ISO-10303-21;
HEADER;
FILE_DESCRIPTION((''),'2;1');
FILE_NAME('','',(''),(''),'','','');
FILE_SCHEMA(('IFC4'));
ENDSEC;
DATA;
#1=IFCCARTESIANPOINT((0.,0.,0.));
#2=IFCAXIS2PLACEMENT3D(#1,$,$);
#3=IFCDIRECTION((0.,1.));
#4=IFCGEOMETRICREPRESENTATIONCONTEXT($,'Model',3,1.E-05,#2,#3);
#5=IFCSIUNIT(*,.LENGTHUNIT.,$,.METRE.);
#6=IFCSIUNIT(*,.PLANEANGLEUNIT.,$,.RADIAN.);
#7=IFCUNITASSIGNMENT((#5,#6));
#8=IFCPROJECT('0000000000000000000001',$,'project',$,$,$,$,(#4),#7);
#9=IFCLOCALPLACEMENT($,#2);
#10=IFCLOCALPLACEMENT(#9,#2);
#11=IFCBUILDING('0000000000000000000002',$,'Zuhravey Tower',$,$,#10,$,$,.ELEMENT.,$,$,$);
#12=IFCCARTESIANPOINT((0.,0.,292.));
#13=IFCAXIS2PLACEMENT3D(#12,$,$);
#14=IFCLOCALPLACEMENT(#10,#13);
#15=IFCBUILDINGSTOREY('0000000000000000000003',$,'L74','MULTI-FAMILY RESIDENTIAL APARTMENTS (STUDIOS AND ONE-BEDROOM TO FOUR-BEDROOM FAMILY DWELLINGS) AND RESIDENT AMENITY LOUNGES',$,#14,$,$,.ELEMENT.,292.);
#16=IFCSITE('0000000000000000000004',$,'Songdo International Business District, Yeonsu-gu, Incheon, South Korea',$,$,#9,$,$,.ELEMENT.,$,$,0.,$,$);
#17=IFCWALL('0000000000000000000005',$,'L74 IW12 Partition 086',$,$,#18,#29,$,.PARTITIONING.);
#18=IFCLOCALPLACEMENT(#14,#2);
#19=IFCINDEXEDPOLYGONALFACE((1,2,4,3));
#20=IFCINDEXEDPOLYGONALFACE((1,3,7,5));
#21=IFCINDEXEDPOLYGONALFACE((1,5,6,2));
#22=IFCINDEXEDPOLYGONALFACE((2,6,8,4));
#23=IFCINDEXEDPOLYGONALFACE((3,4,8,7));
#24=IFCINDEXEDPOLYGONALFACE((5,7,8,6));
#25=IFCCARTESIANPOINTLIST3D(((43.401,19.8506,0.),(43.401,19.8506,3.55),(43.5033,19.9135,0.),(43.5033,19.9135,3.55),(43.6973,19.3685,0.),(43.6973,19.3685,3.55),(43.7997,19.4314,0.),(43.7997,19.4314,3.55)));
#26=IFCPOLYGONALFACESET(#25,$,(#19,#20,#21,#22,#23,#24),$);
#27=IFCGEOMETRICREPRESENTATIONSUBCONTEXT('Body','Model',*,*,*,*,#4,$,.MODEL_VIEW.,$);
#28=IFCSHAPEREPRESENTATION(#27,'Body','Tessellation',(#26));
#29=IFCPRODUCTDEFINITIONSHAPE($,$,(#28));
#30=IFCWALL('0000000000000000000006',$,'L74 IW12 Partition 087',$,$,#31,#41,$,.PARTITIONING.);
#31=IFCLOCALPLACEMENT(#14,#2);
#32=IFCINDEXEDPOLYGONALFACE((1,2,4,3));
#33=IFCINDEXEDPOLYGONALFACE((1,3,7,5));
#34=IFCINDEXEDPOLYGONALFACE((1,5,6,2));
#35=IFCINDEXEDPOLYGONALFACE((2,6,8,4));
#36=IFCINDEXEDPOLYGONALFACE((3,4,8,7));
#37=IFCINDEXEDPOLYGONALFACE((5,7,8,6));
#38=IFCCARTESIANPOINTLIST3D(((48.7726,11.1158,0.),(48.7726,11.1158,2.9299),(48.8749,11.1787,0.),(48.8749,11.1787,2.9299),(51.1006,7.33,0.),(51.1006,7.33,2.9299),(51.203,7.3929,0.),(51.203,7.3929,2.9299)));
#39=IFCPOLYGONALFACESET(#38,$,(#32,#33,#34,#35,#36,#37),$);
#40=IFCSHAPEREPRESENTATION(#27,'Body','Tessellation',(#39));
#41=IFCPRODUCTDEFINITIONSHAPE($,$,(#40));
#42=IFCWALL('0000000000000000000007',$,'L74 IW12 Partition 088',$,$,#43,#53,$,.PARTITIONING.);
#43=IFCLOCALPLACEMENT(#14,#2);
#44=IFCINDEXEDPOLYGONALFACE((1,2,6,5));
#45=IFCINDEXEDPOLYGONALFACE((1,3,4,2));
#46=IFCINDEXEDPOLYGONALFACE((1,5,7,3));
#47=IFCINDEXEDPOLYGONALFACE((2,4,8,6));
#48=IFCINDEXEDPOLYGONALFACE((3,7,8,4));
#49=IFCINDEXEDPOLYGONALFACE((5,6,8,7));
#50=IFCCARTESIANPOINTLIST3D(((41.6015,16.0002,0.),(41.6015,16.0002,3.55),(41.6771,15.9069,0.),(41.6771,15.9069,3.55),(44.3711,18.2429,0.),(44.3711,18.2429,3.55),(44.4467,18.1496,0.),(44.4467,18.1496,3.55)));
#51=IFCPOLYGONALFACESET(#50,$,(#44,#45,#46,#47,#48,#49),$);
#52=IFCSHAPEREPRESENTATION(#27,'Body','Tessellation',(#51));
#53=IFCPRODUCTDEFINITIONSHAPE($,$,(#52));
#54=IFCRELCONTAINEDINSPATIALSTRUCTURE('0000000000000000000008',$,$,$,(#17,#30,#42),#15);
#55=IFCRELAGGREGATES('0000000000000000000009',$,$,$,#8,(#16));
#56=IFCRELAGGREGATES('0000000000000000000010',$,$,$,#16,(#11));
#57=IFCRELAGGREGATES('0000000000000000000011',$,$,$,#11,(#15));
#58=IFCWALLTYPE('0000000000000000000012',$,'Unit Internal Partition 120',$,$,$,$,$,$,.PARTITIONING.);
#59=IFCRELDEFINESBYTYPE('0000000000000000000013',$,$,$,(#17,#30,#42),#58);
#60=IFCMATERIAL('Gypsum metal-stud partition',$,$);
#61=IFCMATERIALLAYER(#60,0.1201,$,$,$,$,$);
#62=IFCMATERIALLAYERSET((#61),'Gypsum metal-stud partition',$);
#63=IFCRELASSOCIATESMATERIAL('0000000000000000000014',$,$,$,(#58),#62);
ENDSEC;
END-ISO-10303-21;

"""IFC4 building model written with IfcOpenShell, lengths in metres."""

from ifc_helpers import new_model, si_unit, direction, frame, frame_2d, origin, place, context, subcontext, project, spatial, rectangle, extrude, material, layer, layer_set, type_object, element, save


model = new_model("IFC4")

# Units and contexts
model_context = context("Model", 3, precision=1e-05, world=origin(), true_north=direction((0.0, 1.0)))
body_context = subcontext(model_context, "Body", "Model", "MODEL_VIEW")
ifc_project = project(units=[si_unit("LENGTHUNIT", "METRE"), si_unit("PLANEANGLEUNIT", "RADIAN")], contexts=[model_context])

# Site, building, storey
site_placement = place(None, origin())
site = spatial("IfcSite", under=ifc_project, at=site_placement, Name="Songdo International Business District, Yeonsu-gu, Incheon, South Korea", CompositionType="ELEMENT", RefElevation=0.0)
building_placement = place(site_placement, origin())
building = spatial("IfcBuilding", under=site, at=building_placement, Name="Zuhravey Tower", CompositionType="ELEMENT")
storey_placement = place(building_placement, frame((0.0, 0.0, 292.0)))
storey = spatial("IfcBuildingStorey", under=building, at=storey_placement, Name="L74", Description="MULTI-FAMILY RESIDENTIAL APARTMENTS (STUDIOS AND ONE-BEDROOM TO FOUR-BEDROOM FAMILY DWELLINGS) AND RESIDENT AMENITY LOUNGES", CompositionType="ELEMENT", Elevation=292.0)

# Shared definitions
ifc_material_1 = material(Name="Gypsum metal-stud partition")
ifc_layer_1 = layer(ifc_material_1, 0.1201)
ifc_layer_set_1 = layer_set([ifc_layer_1], Name="Gypsum metal-stud partition")
wall_type_1 = type_object("IfcWallType", Name="Unit Internal Partition 120", PredefinedType="PARTITIONING", material=ifc_layer_set_1)

# Walls
wall_1_placement = place(storey_placement, frame((43.4521, 19.8821, 0.0), z_axis=(0.0, 0.0, 1.0), x_axis=(0.523664, -0.851925, 0.0)))
element("IfcWall", 1, at=wall_1_placement, inside=storey, type_object=wall_type_1, Name="L74 IW12 Partition 086", PredefinedType="PARTITIONING", context=body_context, shape_type="SweptSolid", body=[
    extrude(rectangle(XDim=0.5659, YDim=0.1201, at=frame_2d((0.283, 0.0))), origin(), (0.0, 0.0, 1.0), 3.55),
])
wall_2_placement = place(storey_placement, frame((48.8237, 11.1472, 0.0), z_axis=(0.0, 0.0, 1.0), x_axis=(0.523828, -0.851824, 0.0)))
element("IfcWall", 2, at=wall_2_placement, inside=storey, type_object=wall_type_1, Name="L74 IW12 Partition 087", PredefinedType="PARTITIONING", context=body_context, shape_type="SweptSolid", body=[
    extrude(rectangle(XDim=4.4443, YDim=0.1201, at=frame_2d((2.2222, 0.0))), origin(), (0.0, 0.0, 1.0), 2.9299),
])
wall_3_placement = place(storey_placement, frame((41.6394, 15.9536, 0.0), z_axis=(0.0, 0.0, 1.0), x_axis=(0.777152, 0.629313, 0.0)))
element("IfcWall", 3, at=wall_3_placement, inside=storey, type_object=wall_type_1, Name="L74 IW12 Partition 088", PredefinedType="PARTITIONING", context=body_context, shape_type="SweptSolid", body=[
    extrude(rectangle(XDim=3.5637, YDim=0.1201, at=frame_2d((1.7817, 0.0))), origin(), (0.0, 0.0, 1.0), 3.55),
])

save(model, "model.ifc")
